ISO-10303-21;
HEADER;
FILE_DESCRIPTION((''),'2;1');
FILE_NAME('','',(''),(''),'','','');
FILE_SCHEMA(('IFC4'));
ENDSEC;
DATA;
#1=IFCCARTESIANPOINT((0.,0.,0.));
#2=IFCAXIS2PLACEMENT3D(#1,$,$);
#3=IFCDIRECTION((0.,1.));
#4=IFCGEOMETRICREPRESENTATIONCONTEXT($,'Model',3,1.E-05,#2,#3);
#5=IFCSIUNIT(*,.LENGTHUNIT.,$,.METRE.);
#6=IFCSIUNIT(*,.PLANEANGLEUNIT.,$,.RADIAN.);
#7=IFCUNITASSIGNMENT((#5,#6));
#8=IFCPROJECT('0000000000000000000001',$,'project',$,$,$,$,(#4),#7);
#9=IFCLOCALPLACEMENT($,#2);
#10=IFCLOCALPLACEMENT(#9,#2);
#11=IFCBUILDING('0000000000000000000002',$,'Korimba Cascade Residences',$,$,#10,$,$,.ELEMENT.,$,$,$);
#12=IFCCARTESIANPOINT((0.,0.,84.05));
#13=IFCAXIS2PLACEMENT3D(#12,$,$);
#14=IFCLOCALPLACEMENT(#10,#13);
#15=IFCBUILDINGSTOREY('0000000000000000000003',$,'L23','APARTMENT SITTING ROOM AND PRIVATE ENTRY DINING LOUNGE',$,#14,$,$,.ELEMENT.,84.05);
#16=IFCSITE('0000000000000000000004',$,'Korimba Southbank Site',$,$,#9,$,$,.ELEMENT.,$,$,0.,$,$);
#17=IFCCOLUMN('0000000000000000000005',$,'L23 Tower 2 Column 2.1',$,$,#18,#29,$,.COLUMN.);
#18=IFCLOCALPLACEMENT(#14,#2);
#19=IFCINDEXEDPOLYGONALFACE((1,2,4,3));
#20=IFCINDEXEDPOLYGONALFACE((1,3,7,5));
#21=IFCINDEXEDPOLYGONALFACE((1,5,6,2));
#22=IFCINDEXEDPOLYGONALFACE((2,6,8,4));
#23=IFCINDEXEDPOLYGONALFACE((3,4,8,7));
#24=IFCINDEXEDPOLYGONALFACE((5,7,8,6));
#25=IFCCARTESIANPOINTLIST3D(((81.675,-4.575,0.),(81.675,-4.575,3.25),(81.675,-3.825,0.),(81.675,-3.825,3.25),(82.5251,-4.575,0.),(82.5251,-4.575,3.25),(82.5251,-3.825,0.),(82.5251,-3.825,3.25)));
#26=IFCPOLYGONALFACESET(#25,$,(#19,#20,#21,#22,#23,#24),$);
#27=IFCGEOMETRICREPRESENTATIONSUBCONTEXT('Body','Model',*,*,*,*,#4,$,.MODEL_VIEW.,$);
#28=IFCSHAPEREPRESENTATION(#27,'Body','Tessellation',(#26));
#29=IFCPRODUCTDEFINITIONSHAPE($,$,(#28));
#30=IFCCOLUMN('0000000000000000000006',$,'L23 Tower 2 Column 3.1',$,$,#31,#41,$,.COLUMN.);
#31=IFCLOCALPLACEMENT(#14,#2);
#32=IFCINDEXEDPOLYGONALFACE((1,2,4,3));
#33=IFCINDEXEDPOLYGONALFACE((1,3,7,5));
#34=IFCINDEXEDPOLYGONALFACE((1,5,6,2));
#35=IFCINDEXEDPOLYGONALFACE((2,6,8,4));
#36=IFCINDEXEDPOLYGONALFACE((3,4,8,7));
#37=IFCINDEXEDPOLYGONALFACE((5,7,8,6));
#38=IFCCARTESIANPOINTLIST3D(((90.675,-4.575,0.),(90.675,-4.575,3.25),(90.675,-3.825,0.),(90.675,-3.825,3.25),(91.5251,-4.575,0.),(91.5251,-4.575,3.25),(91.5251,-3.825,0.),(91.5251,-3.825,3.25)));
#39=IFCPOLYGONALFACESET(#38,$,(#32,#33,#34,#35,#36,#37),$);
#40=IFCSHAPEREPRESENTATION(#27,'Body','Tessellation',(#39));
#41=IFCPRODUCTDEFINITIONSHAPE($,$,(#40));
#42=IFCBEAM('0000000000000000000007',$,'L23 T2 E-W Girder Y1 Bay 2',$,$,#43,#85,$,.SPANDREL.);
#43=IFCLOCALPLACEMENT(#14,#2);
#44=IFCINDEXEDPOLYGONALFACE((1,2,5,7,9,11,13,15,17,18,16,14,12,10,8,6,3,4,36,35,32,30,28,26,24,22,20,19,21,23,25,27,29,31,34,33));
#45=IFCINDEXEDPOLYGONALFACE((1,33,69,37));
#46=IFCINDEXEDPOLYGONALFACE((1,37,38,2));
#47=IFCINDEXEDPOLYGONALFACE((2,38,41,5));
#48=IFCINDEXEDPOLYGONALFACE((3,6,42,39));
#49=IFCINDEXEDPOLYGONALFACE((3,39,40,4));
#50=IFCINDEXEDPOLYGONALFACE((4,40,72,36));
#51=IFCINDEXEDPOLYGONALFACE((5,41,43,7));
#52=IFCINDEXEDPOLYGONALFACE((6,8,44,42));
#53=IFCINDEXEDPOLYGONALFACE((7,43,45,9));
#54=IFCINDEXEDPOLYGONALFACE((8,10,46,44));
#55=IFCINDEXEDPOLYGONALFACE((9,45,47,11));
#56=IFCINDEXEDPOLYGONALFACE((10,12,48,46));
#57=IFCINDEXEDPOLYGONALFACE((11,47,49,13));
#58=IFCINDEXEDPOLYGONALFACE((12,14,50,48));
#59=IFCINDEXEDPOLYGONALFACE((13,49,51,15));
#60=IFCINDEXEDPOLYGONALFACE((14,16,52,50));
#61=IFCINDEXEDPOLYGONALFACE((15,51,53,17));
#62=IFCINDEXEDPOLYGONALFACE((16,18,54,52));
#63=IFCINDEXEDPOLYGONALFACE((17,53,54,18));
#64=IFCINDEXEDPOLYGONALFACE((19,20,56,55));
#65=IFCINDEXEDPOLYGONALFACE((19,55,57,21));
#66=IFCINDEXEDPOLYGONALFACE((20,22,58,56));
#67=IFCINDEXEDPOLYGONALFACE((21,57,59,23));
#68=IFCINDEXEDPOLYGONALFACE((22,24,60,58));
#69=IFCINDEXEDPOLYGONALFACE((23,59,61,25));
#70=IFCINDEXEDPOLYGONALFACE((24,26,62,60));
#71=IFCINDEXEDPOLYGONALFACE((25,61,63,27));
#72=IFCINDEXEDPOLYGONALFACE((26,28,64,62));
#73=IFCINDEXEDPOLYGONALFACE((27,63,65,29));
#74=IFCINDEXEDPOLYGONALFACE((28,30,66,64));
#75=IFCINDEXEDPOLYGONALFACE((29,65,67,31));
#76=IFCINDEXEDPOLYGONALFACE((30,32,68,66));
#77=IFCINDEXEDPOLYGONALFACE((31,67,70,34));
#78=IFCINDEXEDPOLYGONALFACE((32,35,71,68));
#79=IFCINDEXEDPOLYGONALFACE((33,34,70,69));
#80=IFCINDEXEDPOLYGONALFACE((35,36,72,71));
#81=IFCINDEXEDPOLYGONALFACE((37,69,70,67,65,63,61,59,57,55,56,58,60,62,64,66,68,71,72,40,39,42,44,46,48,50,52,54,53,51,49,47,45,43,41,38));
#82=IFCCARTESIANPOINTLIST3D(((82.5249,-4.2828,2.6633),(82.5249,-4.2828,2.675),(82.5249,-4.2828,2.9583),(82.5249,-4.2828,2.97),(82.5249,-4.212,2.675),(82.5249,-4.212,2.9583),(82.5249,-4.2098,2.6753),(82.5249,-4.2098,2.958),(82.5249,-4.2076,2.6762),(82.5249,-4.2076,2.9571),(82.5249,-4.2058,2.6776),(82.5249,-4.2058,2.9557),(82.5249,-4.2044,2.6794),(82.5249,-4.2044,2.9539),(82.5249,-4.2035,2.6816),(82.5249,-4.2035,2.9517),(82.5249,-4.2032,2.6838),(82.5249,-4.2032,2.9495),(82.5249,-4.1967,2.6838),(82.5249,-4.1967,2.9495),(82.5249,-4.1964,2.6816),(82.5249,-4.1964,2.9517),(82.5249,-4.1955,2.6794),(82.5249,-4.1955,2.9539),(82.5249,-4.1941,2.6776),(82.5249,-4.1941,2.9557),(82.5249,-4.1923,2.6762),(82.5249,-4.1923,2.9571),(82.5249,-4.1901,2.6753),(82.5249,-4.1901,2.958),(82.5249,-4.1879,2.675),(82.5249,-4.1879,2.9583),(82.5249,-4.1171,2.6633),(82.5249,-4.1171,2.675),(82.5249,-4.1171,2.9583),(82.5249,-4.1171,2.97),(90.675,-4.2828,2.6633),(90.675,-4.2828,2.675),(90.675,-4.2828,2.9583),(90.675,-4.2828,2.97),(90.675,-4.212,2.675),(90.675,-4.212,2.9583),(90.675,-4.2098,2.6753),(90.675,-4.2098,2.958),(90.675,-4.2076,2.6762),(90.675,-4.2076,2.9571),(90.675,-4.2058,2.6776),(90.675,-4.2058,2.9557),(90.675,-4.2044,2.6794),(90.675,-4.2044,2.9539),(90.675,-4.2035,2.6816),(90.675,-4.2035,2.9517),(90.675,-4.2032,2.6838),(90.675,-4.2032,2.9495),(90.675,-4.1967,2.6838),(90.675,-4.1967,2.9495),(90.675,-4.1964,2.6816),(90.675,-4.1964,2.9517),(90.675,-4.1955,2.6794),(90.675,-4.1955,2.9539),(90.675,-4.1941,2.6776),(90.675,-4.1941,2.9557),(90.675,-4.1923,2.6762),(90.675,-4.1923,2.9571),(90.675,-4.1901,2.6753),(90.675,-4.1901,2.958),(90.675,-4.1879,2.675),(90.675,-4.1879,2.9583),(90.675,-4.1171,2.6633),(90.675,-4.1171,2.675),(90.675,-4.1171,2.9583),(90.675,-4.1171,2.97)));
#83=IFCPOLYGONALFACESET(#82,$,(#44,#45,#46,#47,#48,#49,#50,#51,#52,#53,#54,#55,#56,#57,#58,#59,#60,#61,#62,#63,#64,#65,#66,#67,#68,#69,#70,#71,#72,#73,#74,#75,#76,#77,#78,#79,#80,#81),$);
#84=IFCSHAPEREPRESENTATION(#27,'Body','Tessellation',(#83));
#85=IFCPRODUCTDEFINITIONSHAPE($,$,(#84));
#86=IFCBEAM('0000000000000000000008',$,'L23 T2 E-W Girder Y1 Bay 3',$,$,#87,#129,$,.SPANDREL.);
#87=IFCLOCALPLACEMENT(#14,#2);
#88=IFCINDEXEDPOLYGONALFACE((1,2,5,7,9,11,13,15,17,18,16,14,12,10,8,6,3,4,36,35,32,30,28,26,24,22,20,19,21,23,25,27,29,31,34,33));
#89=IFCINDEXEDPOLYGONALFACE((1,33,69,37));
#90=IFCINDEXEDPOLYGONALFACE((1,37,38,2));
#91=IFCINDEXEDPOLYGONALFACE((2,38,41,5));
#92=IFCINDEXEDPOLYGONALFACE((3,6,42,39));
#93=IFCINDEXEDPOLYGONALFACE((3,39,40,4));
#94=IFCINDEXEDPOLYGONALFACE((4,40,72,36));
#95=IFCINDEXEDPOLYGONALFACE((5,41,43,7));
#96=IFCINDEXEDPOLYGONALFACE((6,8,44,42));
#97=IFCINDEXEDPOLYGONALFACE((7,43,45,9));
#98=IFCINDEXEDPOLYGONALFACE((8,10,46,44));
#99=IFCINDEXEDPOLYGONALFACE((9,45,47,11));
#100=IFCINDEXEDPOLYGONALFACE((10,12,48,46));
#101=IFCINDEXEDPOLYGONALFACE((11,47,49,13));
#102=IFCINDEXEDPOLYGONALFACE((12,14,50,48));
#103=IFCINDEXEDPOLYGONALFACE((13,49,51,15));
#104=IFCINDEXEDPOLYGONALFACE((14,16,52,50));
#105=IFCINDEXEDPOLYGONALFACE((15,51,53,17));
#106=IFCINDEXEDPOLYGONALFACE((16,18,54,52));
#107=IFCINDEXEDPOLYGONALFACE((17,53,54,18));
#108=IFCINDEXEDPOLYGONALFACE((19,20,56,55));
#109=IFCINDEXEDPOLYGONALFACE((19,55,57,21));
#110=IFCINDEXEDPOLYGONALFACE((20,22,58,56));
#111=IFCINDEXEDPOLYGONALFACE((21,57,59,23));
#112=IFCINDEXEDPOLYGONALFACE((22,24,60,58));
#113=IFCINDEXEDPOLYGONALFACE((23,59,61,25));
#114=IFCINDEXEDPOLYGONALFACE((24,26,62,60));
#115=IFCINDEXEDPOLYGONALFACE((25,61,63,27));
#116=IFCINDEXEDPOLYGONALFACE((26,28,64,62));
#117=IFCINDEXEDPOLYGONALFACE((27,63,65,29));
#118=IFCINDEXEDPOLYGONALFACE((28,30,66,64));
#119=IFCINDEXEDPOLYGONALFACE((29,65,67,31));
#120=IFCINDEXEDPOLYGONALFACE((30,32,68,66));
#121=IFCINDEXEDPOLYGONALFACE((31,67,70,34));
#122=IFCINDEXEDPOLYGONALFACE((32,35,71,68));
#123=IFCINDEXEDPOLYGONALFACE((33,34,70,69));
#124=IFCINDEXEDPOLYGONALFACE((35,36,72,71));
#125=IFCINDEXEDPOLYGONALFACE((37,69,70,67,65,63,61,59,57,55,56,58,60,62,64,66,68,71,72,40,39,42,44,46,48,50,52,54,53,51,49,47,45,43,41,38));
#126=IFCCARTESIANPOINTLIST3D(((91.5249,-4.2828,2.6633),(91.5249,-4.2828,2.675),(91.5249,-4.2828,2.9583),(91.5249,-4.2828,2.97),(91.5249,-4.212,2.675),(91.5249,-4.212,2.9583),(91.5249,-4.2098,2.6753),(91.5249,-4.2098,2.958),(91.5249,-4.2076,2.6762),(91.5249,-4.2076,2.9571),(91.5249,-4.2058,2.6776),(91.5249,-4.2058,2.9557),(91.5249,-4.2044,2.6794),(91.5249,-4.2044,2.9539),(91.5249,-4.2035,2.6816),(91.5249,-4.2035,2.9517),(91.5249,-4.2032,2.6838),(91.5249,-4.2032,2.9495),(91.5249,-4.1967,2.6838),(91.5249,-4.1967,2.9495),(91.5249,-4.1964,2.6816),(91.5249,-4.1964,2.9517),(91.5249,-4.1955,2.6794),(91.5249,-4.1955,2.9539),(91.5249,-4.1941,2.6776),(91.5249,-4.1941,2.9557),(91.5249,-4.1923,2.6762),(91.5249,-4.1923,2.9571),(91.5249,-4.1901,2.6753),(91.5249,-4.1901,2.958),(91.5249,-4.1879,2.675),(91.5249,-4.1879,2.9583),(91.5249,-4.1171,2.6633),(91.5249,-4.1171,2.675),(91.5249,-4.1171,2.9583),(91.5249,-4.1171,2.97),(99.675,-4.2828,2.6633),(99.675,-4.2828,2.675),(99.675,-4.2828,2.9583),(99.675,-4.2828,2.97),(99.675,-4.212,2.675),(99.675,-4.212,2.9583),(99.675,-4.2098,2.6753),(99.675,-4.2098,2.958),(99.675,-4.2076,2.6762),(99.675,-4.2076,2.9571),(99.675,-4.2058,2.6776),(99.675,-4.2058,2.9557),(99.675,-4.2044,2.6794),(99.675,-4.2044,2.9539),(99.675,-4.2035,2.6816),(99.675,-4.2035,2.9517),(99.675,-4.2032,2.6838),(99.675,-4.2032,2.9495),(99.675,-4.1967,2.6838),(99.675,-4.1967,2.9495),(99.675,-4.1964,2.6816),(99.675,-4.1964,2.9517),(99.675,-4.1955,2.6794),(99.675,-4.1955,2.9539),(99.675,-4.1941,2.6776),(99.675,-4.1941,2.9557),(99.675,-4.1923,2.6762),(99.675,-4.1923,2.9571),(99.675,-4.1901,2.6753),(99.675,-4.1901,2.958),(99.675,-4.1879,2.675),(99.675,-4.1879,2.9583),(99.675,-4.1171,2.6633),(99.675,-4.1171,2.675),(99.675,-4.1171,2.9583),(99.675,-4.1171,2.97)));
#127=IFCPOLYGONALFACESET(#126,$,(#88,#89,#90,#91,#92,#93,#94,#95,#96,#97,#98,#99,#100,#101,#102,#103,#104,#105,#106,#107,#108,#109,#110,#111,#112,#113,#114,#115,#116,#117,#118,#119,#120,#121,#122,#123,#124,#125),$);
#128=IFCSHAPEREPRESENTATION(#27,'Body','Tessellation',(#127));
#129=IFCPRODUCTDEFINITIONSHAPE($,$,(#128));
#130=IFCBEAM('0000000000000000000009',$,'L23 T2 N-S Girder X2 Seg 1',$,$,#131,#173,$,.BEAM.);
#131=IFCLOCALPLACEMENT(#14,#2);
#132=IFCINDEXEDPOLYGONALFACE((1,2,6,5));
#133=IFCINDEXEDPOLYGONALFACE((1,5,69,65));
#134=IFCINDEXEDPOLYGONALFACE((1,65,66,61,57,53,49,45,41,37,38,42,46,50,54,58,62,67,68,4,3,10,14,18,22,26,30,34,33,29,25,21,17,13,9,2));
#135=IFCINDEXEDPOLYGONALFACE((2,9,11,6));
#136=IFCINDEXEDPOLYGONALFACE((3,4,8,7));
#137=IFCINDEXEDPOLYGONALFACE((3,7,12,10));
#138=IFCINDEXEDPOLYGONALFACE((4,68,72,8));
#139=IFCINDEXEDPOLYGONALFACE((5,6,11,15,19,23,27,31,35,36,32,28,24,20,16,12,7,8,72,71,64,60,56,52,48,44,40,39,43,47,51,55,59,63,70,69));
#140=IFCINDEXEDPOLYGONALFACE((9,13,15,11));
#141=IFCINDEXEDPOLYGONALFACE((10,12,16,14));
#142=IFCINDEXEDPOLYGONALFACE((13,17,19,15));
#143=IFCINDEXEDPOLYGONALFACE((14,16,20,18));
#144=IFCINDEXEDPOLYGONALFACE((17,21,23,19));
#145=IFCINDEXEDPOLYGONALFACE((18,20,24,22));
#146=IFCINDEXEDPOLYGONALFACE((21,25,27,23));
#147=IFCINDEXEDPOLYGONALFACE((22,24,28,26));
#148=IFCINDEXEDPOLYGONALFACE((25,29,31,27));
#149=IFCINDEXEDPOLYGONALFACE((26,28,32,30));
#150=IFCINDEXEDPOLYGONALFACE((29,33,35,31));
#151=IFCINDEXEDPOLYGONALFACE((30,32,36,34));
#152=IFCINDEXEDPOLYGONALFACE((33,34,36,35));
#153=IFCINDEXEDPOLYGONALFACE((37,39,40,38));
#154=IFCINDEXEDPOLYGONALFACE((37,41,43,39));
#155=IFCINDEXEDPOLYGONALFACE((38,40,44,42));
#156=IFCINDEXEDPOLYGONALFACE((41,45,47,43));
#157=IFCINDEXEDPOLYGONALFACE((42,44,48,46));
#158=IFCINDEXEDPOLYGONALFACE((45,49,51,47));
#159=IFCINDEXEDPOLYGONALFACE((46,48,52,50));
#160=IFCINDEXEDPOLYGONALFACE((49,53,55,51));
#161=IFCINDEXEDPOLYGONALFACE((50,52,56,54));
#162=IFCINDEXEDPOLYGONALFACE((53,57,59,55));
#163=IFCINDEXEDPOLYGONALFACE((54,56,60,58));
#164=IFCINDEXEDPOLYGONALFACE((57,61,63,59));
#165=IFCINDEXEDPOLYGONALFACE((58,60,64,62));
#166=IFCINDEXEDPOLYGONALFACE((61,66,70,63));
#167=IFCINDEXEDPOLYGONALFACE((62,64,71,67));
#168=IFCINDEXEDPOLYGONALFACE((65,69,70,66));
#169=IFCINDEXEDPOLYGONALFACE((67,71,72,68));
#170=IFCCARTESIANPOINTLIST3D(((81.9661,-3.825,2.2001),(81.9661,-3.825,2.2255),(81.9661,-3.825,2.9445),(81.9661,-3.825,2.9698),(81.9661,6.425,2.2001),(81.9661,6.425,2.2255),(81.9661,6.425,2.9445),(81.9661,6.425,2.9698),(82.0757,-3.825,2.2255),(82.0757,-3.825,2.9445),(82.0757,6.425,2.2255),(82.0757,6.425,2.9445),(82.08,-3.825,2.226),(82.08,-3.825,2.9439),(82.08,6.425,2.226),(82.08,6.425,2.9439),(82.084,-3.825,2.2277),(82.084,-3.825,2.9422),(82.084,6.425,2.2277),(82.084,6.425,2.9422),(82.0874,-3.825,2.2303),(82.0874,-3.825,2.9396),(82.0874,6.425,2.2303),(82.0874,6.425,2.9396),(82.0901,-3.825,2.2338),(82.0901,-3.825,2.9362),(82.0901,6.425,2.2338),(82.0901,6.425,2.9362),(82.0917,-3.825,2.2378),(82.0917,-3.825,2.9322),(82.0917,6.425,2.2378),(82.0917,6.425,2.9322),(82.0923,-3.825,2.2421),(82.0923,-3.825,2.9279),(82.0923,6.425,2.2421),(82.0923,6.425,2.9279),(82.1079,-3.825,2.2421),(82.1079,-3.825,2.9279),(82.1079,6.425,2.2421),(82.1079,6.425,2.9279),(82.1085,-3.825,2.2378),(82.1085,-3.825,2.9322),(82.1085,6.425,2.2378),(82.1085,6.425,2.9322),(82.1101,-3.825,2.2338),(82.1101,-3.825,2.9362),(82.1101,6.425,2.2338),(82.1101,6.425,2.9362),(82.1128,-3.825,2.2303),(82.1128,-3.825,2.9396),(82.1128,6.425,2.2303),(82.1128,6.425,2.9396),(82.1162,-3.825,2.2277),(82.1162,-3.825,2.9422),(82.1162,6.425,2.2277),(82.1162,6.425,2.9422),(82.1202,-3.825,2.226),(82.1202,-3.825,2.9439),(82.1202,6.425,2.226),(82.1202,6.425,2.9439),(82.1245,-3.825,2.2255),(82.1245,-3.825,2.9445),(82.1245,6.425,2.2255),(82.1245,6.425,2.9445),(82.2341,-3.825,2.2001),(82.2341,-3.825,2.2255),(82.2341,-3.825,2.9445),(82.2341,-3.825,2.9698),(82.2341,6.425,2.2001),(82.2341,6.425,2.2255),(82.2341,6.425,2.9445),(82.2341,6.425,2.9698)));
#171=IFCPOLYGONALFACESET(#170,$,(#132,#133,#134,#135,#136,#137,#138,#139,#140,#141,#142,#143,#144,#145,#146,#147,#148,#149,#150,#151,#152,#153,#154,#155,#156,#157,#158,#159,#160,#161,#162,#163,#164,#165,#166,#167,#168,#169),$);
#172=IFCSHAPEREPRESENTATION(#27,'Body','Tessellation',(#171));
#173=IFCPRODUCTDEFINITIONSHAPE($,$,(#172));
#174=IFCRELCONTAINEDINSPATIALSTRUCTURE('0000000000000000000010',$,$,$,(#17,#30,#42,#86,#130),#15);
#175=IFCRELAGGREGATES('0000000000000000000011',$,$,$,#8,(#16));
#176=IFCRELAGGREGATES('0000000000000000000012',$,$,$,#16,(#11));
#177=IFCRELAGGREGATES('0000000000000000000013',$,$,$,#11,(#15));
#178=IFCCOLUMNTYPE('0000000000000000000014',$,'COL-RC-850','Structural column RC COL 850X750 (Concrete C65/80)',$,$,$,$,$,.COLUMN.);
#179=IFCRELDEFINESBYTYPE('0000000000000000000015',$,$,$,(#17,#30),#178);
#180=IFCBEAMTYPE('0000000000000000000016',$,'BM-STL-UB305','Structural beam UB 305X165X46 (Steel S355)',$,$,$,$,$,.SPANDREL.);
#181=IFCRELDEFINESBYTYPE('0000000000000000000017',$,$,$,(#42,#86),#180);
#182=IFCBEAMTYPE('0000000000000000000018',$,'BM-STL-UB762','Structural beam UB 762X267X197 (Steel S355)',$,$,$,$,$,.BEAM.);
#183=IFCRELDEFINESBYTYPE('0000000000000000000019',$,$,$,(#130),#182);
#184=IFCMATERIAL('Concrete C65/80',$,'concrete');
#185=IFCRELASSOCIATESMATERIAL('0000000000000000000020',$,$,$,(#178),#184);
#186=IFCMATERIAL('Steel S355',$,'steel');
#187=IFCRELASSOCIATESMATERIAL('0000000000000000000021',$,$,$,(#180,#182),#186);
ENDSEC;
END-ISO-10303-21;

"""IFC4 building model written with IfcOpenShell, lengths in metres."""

from ifc_helpers import new_model, si_unit, direction, frame, origin, origin_2d, place, context, subcontext, project, spatial, rectangle, i_section, extrude, material, material_profile, profile_set, type_object, element, save


model = new_model("IFC4")

# Units and contexts
model_context = context("Model", 3, precision=1e-05, world=origin(), true_north=direction((0.0, 1.0)))
body_context = subcontext(model_context, "Body", "Model", "MODEL_VIEW")
ifc_project = project(units=[si_unit("LENGTHUNIT", "METRE"), si_unit("PLANEANGLEUNIT", "RADIAN")], contexts=[model_context])

# Site, building, storey
site_placement = place(None, origin())
site = spatial("IfcSite", under=ifc_project, at=site_placement, Name="Korimba Southbank Site", CompositionType="ELEMENT", RefElevation=0.0)
building_placement = place(site_placement, origin())
building = spatial("IfcBuilding", under=site, at=building_placement, Name="Korimba Cascade Residences", CompositionType="ELEMENT")
storey_placement = place(building_placement, frame((0.0, 0.0, 84.05)))
storey = spatial("IfcBuildingStorey", under=building, at=storey_placement, Name="L23", Description="APARTMENT SITTING ROOM AND PRIVATE ENTRY DINING LOUNGE", CompositionType="ELEMENT", Elevation=84.05)

# Columns
ifc_material_1 = material(Name="Concrete C65/80", Category="concrete")
ifc_material_profile_1 = material_profile(ifc_material_1, rectangle(XDim=0.8501, YDim=0.75, at=origin_2d()), Name="Concrete C65/80")
ifc_profile_set_1 = profile_set([ifc_material_profile_1], Name="Concrete C65/80")
column_type = type_object("IfcColumnType", Name="COL-RC-850", Description="Structural column RC COL 850X750 (Concrete C65/80)", PredefinedType="COLUMN", material=ifc_profile_set_1)
for number, where, z_axis, x_axis, name in (
    (1, (82.1001, -4.2, 0.0), (0.0, 0.0, 1.0), (1.0, 0.0, 0.0), "L23 Tower 2 Column 2.1"),
    (2, (91.1001, -4.2, 0.0), (0.0, 0.0, 1.0), (1.0, 0.0, 0.0), "L23 Tower 2 Column 3.1"),
):
    element("IfcColumn", number, at=place(storey_placement, frame(where, z_axis=z_axis, x_axis=x_axis)), inside=storey, type_object=column_type, Name=name, PredefinedType="COLUMN", context=body_context, shape_type="SweptSolid", body=[
        extrude(rectangle(XDim=0.8501, YDim=0.75, at=origin_2d()), origin(), (0.0, 0.0, 1.0), 3.25),
    ])

# Beams
ifc_material_2 = material(Name="Steel S355", Category="steel")
ifc_material_profile_2 = material_profile(ifc_material_2, i_section(OverallWidth=0.1658, OverallDepth=0.3066, WebThickness=0.0066, FlangeThickness=0.0117, FilletRadius=0.0088, at=origin_2d()), Name="Steel S355")
ifc_profile_set_2 = profile_set([ifc_material_profile_2], Name="Steel S355")
beam_type_1 = type_object("IfcBeamType", Name="BM-STL-UB305", Description="Structural beam UB 305X165X46 (Steel S355)", PredefinedType="SPANDREL", material=ifc_profile_set_2)
for number, where, z_axis, x_axis, name in (
    (3, (82.5249, -4.2, 2.8167), (1.0, 0.0, 0.0), (0.0, 1.0, 0.0), "L23 T2 E-W Girder Y1 Bay 2"),
    (4, (91.5249, -4.2, 2.8167), (1.0, 0.0, 0.0), (0.0, 1.0, 0.0), "L23 T2 E-W Girder Y1 Bay 3"),
):
    element("IfcBeam", number, at=place(storey_placement, frame(where, z_axis=z_axis, x_axis=x_axis)), inside=storey, type_object=beam_type_1, Name=name, PredefinedType="SPANDREL", context=body_context, shape_type="SweptSolid", body=[
        extrude(i_section(OverallWidth=0.1658, OverallDepth=0.3066, WebThickness=0.0066, FlangeThickness=0.0117, FilletRadius=0.0088, at=origin_2d()), origin(), (0.0, 0.0, 1.0), 8.1501),
    ])
ifc_material_profile_3 = material_profile(ifc_material_2, i_section(OverallWidth=0.2681, OverallDepth=0.7698, WebThickness=0.0156, FlangeThickness=0.0254, FilletRadius=0.0166, at=origin_2d()), Name="Steel S355")
ifc_profile_set_3 = profile_set([ifc_material_profile_3], Name="Steel S355")
beam_type_2 = type_object("IfcBeamType", Name="BM-STL-UB762", Description="Structural beam UB 762X267X197 (Steel S355)", PredefinedType="BEAM", material=ifc_profile_set_3)
for number, where, z_axis, x_axis, name in (
    (5, (82.1001, -3.825, 2.585), (0.0, 1.0, 0.0), (-1.0, 0.0, 0.0), "L23 T2 N-S Girder X2 Seg 1"),
):
    element("IfcBeam", number, at=place(storey_placement, frame(where, z_axis=z_axis, x_axis=x_axis)), inside=storey, type_object=beam_type_2, Name=name, PredefinedType="BEAM", context=body_context, shape_type="SweptSolid", body=[
        extrude(i_section(OverallWidth=0.2681, OverallDepth=0.7698, WebThickness=0.0156, FlangeThickness=0.0254, FilletRadius=0.0166, at=origin_2d()), origin(), (0.0, 0.0, 1.0), 10.25),
    ])

save(model, "model.ifc")
